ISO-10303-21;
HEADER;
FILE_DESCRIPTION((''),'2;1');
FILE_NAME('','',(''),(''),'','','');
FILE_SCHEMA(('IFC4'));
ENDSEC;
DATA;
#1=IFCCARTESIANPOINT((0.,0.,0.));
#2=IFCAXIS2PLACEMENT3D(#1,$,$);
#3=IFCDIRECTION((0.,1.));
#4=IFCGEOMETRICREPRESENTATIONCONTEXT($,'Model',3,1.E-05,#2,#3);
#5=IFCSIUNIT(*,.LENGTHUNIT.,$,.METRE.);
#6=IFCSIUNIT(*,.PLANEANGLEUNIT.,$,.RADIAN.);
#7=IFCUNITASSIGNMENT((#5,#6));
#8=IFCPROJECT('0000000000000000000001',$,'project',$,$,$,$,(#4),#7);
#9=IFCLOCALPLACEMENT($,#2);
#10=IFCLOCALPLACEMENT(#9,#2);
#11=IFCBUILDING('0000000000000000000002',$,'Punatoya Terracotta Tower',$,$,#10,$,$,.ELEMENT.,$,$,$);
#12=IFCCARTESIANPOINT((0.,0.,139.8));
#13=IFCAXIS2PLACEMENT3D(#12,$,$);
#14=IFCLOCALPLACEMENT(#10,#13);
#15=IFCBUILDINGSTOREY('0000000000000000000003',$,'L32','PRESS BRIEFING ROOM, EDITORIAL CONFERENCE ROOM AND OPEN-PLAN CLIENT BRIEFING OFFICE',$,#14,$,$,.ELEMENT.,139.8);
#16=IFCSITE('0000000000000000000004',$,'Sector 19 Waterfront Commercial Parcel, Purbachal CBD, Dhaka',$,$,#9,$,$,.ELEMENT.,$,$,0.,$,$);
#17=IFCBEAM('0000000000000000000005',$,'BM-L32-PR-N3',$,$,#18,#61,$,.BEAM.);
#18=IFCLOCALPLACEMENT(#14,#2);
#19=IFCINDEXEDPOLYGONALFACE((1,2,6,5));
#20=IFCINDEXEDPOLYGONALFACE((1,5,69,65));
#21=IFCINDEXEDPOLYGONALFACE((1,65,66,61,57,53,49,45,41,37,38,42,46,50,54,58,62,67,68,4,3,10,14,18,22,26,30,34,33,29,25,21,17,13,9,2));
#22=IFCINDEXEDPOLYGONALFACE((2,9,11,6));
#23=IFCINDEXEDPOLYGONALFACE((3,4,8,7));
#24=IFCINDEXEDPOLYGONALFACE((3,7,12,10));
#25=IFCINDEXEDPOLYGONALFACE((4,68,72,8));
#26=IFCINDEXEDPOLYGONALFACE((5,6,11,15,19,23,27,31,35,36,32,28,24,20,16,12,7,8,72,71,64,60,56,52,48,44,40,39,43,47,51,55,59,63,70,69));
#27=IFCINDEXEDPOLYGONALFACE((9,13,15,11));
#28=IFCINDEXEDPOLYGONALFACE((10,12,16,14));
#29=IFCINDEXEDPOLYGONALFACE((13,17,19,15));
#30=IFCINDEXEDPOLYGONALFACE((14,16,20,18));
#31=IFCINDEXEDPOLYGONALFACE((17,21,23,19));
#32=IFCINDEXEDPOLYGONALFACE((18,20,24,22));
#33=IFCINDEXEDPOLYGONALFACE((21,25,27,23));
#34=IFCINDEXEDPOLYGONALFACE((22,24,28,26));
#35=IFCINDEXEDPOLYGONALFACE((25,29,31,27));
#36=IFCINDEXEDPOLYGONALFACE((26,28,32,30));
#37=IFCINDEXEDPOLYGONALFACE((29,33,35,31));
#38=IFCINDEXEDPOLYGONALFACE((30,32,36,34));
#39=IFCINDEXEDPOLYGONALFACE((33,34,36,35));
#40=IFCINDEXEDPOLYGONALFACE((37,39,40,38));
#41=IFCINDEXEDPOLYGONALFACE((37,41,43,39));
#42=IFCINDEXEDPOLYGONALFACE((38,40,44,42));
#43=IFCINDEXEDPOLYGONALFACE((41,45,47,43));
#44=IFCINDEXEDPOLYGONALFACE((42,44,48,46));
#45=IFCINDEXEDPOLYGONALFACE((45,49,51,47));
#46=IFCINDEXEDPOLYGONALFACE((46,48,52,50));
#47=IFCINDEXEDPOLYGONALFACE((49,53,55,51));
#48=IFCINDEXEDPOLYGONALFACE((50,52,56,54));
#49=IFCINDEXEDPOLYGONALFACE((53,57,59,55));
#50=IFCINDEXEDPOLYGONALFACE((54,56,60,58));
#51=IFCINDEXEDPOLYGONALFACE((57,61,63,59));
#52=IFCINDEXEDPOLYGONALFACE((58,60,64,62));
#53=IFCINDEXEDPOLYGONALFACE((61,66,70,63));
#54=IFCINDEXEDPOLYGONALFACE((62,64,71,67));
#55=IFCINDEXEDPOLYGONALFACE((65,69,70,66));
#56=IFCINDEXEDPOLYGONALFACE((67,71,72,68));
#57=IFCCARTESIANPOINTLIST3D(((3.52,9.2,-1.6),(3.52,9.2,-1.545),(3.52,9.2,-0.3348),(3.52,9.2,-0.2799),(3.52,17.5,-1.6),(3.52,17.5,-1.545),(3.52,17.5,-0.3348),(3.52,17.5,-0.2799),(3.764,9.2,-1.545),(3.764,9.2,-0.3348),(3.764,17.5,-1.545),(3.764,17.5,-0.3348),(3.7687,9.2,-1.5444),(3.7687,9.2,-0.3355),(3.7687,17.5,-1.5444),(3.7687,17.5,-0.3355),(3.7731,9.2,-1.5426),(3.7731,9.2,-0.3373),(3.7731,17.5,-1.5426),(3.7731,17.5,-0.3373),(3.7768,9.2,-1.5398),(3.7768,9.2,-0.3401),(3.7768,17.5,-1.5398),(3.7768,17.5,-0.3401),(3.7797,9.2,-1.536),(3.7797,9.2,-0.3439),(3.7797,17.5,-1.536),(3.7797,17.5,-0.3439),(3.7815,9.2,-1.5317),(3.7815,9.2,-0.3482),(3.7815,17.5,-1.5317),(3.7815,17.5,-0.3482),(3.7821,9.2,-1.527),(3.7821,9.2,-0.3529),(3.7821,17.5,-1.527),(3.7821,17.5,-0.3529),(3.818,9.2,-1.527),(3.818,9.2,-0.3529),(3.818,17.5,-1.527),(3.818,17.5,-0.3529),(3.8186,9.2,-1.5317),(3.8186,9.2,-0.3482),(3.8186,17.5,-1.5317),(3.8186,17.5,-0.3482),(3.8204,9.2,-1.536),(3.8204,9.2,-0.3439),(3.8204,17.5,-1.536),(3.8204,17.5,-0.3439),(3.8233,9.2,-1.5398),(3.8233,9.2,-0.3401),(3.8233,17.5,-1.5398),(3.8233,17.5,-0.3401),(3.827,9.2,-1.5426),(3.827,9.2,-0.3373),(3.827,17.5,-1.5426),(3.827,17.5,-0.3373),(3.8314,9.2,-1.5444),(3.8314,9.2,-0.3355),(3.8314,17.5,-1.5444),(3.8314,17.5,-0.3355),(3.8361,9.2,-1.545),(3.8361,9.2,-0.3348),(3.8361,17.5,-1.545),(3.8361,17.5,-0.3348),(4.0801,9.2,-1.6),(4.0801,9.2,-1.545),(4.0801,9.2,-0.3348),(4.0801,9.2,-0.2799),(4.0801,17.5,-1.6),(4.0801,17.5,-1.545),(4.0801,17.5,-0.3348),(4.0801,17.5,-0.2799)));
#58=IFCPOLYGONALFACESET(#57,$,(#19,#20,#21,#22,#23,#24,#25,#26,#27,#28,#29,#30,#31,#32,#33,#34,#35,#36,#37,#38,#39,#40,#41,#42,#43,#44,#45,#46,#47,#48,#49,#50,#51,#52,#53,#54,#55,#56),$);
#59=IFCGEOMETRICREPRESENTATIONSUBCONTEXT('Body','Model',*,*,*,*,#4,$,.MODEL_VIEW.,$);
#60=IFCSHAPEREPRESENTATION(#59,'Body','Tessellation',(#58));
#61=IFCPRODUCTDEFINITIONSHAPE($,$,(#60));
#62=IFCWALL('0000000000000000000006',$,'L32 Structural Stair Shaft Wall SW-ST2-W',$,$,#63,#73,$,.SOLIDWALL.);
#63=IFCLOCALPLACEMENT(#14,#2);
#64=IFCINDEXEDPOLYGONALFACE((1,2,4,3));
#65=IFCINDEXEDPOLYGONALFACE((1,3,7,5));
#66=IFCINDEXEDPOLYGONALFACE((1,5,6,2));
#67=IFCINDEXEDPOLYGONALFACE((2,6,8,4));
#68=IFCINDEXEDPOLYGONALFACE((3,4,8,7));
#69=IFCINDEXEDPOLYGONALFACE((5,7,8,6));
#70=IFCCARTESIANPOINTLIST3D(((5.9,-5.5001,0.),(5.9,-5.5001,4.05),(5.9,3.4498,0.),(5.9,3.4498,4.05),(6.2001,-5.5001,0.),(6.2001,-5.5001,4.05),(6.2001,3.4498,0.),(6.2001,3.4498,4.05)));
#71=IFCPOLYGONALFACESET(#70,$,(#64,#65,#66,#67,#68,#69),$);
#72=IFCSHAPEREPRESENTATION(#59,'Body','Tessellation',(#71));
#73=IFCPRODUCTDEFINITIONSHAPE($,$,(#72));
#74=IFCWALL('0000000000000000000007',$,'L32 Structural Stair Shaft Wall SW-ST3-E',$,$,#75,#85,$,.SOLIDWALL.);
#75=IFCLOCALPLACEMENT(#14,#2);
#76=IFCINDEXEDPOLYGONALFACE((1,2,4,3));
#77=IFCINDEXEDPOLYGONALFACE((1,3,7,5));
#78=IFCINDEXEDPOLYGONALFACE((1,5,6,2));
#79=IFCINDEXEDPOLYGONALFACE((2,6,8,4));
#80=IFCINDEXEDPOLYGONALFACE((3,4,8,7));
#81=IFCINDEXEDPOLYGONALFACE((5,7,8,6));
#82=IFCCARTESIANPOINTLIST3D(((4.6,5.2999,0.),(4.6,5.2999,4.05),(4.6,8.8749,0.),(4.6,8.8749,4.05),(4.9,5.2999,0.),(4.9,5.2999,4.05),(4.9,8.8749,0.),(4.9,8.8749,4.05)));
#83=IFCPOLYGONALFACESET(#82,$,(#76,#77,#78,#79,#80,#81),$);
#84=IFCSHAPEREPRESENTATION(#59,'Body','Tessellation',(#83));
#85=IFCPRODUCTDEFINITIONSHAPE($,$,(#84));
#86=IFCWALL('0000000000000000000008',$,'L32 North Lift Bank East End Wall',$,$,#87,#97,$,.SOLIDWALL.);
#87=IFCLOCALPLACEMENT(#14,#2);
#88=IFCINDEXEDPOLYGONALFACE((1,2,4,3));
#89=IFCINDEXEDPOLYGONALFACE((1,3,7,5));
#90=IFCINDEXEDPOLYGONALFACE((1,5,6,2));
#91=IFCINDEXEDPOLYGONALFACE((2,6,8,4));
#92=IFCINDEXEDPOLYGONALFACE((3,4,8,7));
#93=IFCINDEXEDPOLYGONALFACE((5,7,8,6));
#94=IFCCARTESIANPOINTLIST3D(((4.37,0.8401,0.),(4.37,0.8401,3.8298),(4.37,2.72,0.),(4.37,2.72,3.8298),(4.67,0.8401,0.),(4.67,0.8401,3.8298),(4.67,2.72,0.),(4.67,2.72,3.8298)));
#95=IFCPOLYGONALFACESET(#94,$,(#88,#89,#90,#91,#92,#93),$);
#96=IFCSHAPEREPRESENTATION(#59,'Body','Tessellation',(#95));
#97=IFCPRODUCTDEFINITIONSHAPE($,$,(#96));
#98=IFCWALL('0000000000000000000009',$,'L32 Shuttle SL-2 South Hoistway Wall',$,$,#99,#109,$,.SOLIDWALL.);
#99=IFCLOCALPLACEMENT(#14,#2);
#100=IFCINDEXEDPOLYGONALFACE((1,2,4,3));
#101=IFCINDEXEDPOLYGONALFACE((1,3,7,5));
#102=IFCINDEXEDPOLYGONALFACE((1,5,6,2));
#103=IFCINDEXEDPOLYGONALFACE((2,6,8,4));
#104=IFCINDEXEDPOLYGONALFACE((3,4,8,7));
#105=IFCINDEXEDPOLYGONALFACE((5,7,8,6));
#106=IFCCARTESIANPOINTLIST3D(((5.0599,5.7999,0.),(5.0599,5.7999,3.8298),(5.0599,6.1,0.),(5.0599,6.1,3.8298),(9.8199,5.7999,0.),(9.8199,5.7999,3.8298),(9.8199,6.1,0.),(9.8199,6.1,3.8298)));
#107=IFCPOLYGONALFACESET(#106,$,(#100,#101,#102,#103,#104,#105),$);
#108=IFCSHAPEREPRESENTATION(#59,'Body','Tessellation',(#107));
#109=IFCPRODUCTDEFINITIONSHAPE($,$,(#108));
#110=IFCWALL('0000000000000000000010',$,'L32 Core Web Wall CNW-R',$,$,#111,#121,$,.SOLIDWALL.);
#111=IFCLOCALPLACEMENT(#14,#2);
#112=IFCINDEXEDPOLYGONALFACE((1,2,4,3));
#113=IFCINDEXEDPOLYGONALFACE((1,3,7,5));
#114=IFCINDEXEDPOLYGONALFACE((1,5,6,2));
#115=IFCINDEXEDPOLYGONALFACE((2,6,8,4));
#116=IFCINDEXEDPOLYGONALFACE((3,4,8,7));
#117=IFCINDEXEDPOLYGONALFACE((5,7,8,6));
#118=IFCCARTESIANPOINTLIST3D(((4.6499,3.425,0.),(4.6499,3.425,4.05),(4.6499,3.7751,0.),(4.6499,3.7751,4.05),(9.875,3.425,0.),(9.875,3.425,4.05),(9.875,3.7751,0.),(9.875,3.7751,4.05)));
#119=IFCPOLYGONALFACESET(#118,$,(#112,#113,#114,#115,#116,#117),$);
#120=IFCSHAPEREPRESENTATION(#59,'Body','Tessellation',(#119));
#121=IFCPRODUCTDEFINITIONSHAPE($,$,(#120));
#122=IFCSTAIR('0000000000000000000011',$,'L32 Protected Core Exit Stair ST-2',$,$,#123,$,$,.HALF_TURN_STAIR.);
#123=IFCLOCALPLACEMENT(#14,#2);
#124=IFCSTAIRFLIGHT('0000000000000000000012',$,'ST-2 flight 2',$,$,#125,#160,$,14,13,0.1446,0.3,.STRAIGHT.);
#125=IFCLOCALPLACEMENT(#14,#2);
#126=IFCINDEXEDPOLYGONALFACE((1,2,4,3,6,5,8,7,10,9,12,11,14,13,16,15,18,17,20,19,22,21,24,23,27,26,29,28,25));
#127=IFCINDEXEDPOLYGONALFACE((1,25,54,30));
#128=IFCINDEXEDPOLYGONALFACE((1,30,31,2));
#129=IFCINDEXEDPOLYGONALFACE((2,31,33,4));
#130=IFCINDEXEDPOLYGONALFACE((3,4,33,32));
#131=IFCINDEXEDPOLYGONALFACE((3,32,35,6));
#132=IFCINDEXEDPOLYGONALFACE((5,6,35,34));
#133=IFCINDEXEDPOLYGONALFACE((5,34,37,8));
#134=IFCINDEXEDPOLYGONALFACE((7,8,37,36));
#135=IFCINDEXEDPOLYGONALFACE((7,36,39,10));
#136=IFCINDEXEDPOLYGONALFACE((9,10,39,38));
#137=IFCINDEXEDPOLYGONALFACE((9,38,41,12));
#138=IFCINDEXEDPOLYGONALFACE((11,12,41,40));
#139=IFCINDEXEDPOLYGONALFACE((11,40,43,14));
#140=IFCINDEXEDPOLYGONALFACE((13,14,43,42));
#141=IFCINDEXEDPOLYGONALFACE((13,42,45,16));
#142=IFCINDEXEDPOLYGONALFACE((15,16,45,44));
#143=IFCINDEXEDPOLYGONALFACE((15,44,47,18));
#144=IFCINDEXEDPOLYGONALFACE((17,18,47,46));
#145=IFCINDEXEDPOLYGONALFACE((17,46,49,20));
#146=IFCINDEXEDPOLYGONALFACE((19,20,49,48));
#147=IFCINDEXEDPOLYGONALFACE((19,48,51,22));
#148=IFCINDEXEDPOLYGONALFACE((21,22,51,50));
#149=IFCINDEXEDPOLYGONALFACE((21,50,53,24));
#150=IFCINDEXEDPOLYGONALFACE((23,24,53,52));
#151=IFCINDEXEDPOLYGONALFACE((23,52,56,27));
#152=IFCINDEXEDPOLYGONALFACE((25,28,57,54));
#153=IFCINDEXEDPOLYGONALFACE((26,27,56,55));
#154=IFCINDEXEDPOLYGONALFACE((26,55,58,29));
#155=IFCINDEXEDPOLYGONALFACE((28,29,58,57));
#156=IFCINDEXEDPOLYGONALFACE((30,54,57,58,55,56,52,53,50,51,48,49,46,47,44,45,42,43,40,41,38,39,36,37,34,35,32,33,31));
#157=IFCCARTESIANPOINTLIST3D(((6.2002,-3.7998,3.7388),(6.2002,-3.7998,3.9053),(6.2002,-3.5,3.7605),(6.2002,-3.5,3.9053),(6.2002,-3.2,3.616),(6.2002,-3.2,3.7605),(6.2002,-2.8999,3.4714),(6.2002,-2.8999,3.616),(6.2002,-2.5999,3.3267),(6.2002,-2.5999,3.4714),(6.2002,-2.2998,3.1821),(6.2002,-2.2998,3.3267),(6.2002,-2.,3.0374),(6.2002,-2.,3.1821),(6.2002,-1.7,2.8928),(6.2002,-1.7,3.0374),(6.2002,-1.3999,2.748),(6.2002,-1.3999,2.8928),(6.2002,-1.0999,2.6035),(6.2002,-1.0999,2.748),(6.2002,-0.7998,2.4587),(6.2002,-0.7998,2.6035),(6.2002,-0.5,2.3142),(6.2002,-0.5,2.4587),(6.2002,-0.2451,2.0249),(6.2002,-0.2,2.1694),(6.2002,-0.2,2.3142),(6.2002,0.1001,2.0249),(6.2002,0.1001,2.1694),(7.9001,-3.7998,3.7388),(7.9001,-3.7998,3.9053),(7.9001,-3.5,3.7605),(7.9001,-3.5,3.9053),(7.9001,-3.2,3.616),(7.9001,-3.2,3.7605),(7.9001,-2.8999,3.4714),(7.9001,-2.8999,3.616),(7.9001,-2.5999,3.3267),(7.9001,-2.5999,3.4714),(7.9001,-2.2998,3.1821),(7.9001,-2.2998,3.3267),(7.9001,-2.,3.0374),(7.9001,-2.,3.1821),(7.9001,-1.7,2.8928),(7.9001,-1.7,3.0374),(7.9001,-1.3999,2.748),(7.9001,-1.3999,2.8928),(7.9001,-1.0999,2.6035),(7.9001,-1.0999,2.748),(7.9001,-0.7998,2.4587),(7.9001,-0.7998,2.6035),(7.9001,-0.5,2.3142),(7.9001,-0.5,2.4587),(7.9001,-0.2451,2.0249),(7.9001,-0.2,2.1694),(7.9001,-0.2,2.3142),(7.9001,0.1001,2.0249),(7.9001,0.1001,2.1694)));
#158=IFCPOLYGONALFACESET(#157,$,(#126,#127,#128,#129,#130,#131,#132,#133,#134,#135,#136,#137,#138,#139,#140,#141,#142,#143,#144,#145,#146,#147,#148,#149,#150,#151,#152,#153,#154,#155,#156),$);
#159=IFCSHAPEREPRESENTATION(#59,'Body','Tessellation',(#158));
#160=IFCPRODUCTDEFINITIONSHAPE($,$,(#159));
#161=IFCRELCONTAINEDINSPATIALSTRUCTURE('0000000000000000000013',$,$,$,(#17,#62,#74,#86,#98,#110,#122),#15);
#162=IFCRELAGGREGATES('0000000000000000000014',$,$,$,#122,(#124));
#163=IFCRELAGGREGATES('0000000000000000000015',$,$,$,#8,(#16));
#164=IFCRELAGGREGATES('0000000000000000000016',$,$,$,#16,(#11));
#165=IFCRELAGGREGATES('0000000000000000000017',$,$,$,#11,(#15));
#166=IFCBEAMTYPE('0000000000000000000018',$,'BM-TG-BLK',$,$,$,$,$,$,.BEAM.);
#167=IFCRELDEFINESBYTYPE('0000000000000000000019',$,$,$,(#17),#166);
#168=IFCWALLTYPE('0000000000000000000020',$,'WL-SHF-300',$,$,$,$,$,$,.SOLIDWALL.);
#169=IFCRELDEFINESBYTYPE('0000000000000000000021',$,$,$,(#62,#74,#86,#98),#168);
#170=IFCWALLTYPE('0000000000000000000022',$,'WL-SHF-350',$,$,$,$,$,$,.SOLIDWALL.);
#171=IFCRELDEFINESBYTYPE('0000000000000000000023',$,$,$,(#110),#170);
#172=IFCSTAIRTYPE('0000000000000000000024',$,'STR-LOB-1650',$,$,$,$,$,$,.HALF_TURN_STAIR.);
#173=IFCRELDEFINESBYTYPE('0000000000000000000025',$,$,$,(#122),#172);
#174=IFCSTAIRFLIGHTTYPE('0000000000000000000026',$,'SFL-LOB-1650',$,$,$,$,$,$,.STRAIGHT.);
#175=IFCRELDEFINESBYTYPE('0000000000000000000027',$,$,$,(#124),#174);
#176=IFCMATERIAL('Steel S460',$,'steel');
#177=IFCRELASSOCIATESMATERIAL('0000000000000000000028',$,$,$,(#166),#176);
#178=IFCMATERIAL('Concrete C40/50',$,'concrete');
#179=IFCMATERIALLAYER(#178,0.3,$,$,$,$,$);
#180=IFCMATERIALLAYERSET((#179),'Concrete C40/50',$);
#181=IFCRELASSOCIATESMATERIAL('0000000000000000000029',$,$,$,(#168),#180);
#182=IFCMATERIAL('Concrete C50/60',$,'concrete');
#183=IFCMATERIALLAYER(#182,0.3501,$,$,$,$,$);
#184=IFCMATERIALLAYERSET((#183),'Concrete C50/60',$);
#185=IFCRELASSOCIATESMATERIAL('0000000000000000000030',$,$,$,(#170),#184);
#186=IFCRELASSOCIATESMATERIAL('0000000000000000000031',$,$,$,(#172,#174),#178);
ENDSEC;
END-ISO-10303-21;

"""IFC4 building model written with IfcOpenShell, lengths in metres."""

from ifc_helpers import new_model, si_unit, direction, frame, frame_2d, origin, origin_2d, place, context, subcontext, project, spatial, polyline, rectangle, i_section, outline, extrude, material, layer, layer_set, material_profile, profile_set, type_object, element, aggregate, save


model = new_model("IFC4")

# Units and contexts
model_context = context("Model", 3, precision=1e-05, world=origin(), true_north=direction((0.0, 1.0)))
body_context = subcontext(model_context, "Body", "Model", "MODEL_VIEW")
ifc_project = project(units=[si_unit("LENGTHUNIT", "METRE"), si_unit("PLANEANGLEUNIT", "RADIAN")], contexts=[model_context])

# Site, building, storey
site_placement = place(None, origin())
site = spatial("IfcSite", under=ifc_project, at=site_placement, Name="Sector 19 Waterfront Commercial Parcel, Purbachal CBD, Dhaka", CompositionType="ELEMENT", RefElevation=0.0)
building_placement = place(site_placement, origin())
building = spatial("IfcBuilding", under=site, at=building_placement, Name="Punatoya Terracotta Tower", CompositionType="ELEMENT")
storey_placement = place(building_placement, frame((0.0, 0.0, 139.8)))
storey = spatial("IfcBuildingStorey", under=building, at=storey_placement, Name="L32", Description="PRESS BRIEFING ROOM, EDITORIAL CONFERENCE ROOM AND OPEN-PLAN CLIENT BRIEFING OFFICE", CompositionType="ELEMENT", Elevation=139.8)

# Beam
ifc_material_1 = material(Name="Steel S460", Category="steel")
ifc_material_profile_1 = material_profile(ifc_material_1, i_section(OverallWidth=0.5601, OverallDepth=1.3201, WebThickness=0.0359, FlangeThickness=0.0549, FilletRadius=0.0181, at=origin_2d()))
ifc_profile_set_1 = profile_set([ifc_material_profile_1], Name="Steel S460")
beam_type_1 = type_object("IfcBeamType", Name="BM-TG-BLK", PredefinedType="BEAM", material=ifc_profile_set_1)
beam_placement = place(storey_placement, frame((3.8, 9.2, -0.9399), z_axis=(0.0, 1.0, 0.0), x_axis=(-1.0, 0.0, 0.0)))
element("IfcBeam", 1, at=beam_placement, inside=storey, type_object=beam_type_1, Name="BM-L32-PR-N3", PredefinedType="BEAM", context=body_context, shape_type="SweptSolid", body=[
    extrude(i_section(OverallWidth=0.5601, OverallDepth=1.3201, WebThickness=0.0359, FlangeThickness=0.0549, FilletRadius=0.0181, at=origin_2d()), origin(), (0.0, 0.0, 1.0), 8.3),
])

# Walls
ifc_material_2 = material(Name="Concrete C40/50", Category="concrete")
ifc_layer_1 = layer(ifc_material_2, 0.3)
ifc_layer_set_1 = layer_set([ifc_layer_1], Name="Concrete C40/50")
wall_type_1 = type_object("IfcWallType", Name="WL-SHF-300", PredefinedType="SOLIDWALL", material=ifc_layer_set_1)
wall_1_placement = place(storey_placement, frame((6.05, 3.45, 0.0), z_axis=(0.0, 0.0, 1.0), x_axis=(0.0, -1.0, 0.0)))
element("IfcWall", 2, at=wall_1_placement, inside=storey, type_object=wall_type_1, Name="L32 Structural Stair Shaft Wall SW-ST2-W", PredefinedType="SOLIDWALL", context=body_context, shape_type="SweptSolid", body=[
    extrude(rectangle(XDim=8.95, YDim=0.3, at=frame_2d((4.4751, 0.0))), origin(), (0.0, 0.0, 1.0), 4.05),
])
wall_2_placement = place(storey_placement, frame((4.75, 8.875, 0.0), z_axis=(0.0, 0.0, 1.0), x_axis=(0.0, -1.0, 0.0)))
element("IfcWall", 3, at=wall_2_placement, inside=storey, type_object=wall_type_1, Name="L32 Structural Stair Shaft Wall SW-ST3-E", PredefinedType="SOLIDWALL", context=body_context, shape_type="SweptSolid", body=[
    extrude(rectangle(XDim=3.575, YDim=0.3, at=frame_2d((1.7876, 0.0))), origin(), (0.0, 0.0, 1.0), 4.05),
])
wall_3_placement = place(storey_placement, frame((4.52, 0.8401, 0.0), z_axis=(0.0, 0.0, 1.0), x_axis=(0.0, 1.0, 0.0)))
element("IfcWall", 4, at=wall_3_placement, inside=storey, type_object=wall_type_1, Name="L32 North Lift Bank East End Wall", PredefinedType="SOLIDWALL", context=body_context, shape_type="SweptSolid", body=[
    extrude(rectangle(XDim=1.8799, YDim=0.3, at=frame_2d((0.9399, 0.0))), origin(), (0.0, 0.0, 1.0), 3.8298),
])
wall_4_placement = place(storey_placement, frame((5.0601, 5.95, 0.0), z_axis=(0.0, 0.0, 1.0), x_axis=(1.0, 0.0, 0.0)))
element("IfcWall", 5, at=wall_4_placement, inside=storey, type_object=wall_type_1, Name="L32 Shuttle SL-2 South Hoistway Wall", PredefinedType="SOLIDWALL", context=body_context, shape_type="SweptSolid", body=[
    extrude(rectangle(XDim=4.76, YDim=0.3, at=frame_2d((2.3799, 0.0))), origin(), (0.0, 0.0, 1.0), 3.8298),
])
ifc_material_3 = material(Name="Concrete C50/60", Category="concrete")
ifc_layer_2 = layer(ifc_material_3, 0.3501)
ifc_layer_set_2 = layer_set([ifc_layer_2], Name="Concrete C50/60")
wall_type_2 = type_object("IfcWallType", Name="WL-SHF-350", PredefinedType="SOLIDWALL", material=ifc_layer_set_2)
wall_5_placement = place(storey_placement, frame((4.6499, 3.6001, 0.0), z_axis=(0.0, 0.0, 1.0), x_axis=(1.0, 0.0, 0.0)))
element("IfcWall", 6, at=wall_5_placement, inside=storey, type_object=wall_type_2, Name="L32 Core Web Wall CNW-R", PredefinedType="SOLIDWALL", context=body_context, shape_type="SweptSolid", body=[
    extrude(rectangle(XDim=5.2251, YDim=0.3501, at=frame_2d((2.6125, 0.0))), origin(), (0.0, 0.0, 1.0), 4.05),
])

# Stair, stair flight
stair_type_1 = type_object("IfcStairType", Name="STR-LOB-1650", PredefinedType="HALF_TURN_STAIR", material=ifc_material_2)
stair_1_placement = place(storey_placement, origin())
stair_1 = element("IfcStair", 7, at=stair_1_placement, inside=storey, type_object=stair_type_1, Name="L32 Protected Core Exit Stair ST-2", PredefinedType="HALF_TURN_STAIR")
stair_flight_type_1 = type_object("IfcStairFlightType", Name="SFL-LOB-1650", PredefinedType="STRAIGHT", material=ifc_material_2)
stair_flight_1_placement = place(storey_placement, frame((7.05, 0.1001, 2.0249), z_axis=(0.0, 0.0, 1.0), x_axis=(0.0, -1.0, 0.0)))
stair_flight_1 = element("IfcStairFlight", 8, at=stair_flight_1_placement, type_object=stair_flight_type_1, Name="ST-2 flight 2", NumberOfRisers=14, NumberOfTreads=13, PredefinedType="STRAIGHT", RiserHeight=0.1446, TreadLength=0.3, context=body_context, shape_type="SweptSolid", body=[
    extrude(outline(polyline([(0.0, 0.0), (0.0, 0.1445), (0.3, 0.1445), (0.3, 0.2893), (0.6001, 0.2893), (0.6001, 0.4338), (0.8999, 0.4338), (0.8999, 0.5786), (1.2, 0.5786), (1.2, 0.7231), (1.5, 0.7231), (1.5, 0.8679), (1.8, 0.8679), (1.8, 1.0125), (2.1001, 1.0125), (2.1001, 1.1572), (2.3999, 1.1572), (2.3999, 1.3018), (2.7, 1.3018), (2.7, 1.4465), (3.0, 1.4465), (3.0, 1.5911), (3.3, 1.5911), (3.3, 1.7356), (3.6001, 1.7356), (3.6001, 1.8804), (3.8999, 1.8804), (3.8999, 2.0249), (3.8999, 1.7139), (0.3452, 0.0), (0.0, 0.0)])), frame((0.0, 0.8501, 0.0), z_axis=(0.0, -1.0, 0.0), x_axis=(1.0, 0.0, 0.0)), (0.0, 0.0, 1.0), 1.7),
])
aggregate(stair_1, [stair_flight_1])

save(model, "model.ifc")
